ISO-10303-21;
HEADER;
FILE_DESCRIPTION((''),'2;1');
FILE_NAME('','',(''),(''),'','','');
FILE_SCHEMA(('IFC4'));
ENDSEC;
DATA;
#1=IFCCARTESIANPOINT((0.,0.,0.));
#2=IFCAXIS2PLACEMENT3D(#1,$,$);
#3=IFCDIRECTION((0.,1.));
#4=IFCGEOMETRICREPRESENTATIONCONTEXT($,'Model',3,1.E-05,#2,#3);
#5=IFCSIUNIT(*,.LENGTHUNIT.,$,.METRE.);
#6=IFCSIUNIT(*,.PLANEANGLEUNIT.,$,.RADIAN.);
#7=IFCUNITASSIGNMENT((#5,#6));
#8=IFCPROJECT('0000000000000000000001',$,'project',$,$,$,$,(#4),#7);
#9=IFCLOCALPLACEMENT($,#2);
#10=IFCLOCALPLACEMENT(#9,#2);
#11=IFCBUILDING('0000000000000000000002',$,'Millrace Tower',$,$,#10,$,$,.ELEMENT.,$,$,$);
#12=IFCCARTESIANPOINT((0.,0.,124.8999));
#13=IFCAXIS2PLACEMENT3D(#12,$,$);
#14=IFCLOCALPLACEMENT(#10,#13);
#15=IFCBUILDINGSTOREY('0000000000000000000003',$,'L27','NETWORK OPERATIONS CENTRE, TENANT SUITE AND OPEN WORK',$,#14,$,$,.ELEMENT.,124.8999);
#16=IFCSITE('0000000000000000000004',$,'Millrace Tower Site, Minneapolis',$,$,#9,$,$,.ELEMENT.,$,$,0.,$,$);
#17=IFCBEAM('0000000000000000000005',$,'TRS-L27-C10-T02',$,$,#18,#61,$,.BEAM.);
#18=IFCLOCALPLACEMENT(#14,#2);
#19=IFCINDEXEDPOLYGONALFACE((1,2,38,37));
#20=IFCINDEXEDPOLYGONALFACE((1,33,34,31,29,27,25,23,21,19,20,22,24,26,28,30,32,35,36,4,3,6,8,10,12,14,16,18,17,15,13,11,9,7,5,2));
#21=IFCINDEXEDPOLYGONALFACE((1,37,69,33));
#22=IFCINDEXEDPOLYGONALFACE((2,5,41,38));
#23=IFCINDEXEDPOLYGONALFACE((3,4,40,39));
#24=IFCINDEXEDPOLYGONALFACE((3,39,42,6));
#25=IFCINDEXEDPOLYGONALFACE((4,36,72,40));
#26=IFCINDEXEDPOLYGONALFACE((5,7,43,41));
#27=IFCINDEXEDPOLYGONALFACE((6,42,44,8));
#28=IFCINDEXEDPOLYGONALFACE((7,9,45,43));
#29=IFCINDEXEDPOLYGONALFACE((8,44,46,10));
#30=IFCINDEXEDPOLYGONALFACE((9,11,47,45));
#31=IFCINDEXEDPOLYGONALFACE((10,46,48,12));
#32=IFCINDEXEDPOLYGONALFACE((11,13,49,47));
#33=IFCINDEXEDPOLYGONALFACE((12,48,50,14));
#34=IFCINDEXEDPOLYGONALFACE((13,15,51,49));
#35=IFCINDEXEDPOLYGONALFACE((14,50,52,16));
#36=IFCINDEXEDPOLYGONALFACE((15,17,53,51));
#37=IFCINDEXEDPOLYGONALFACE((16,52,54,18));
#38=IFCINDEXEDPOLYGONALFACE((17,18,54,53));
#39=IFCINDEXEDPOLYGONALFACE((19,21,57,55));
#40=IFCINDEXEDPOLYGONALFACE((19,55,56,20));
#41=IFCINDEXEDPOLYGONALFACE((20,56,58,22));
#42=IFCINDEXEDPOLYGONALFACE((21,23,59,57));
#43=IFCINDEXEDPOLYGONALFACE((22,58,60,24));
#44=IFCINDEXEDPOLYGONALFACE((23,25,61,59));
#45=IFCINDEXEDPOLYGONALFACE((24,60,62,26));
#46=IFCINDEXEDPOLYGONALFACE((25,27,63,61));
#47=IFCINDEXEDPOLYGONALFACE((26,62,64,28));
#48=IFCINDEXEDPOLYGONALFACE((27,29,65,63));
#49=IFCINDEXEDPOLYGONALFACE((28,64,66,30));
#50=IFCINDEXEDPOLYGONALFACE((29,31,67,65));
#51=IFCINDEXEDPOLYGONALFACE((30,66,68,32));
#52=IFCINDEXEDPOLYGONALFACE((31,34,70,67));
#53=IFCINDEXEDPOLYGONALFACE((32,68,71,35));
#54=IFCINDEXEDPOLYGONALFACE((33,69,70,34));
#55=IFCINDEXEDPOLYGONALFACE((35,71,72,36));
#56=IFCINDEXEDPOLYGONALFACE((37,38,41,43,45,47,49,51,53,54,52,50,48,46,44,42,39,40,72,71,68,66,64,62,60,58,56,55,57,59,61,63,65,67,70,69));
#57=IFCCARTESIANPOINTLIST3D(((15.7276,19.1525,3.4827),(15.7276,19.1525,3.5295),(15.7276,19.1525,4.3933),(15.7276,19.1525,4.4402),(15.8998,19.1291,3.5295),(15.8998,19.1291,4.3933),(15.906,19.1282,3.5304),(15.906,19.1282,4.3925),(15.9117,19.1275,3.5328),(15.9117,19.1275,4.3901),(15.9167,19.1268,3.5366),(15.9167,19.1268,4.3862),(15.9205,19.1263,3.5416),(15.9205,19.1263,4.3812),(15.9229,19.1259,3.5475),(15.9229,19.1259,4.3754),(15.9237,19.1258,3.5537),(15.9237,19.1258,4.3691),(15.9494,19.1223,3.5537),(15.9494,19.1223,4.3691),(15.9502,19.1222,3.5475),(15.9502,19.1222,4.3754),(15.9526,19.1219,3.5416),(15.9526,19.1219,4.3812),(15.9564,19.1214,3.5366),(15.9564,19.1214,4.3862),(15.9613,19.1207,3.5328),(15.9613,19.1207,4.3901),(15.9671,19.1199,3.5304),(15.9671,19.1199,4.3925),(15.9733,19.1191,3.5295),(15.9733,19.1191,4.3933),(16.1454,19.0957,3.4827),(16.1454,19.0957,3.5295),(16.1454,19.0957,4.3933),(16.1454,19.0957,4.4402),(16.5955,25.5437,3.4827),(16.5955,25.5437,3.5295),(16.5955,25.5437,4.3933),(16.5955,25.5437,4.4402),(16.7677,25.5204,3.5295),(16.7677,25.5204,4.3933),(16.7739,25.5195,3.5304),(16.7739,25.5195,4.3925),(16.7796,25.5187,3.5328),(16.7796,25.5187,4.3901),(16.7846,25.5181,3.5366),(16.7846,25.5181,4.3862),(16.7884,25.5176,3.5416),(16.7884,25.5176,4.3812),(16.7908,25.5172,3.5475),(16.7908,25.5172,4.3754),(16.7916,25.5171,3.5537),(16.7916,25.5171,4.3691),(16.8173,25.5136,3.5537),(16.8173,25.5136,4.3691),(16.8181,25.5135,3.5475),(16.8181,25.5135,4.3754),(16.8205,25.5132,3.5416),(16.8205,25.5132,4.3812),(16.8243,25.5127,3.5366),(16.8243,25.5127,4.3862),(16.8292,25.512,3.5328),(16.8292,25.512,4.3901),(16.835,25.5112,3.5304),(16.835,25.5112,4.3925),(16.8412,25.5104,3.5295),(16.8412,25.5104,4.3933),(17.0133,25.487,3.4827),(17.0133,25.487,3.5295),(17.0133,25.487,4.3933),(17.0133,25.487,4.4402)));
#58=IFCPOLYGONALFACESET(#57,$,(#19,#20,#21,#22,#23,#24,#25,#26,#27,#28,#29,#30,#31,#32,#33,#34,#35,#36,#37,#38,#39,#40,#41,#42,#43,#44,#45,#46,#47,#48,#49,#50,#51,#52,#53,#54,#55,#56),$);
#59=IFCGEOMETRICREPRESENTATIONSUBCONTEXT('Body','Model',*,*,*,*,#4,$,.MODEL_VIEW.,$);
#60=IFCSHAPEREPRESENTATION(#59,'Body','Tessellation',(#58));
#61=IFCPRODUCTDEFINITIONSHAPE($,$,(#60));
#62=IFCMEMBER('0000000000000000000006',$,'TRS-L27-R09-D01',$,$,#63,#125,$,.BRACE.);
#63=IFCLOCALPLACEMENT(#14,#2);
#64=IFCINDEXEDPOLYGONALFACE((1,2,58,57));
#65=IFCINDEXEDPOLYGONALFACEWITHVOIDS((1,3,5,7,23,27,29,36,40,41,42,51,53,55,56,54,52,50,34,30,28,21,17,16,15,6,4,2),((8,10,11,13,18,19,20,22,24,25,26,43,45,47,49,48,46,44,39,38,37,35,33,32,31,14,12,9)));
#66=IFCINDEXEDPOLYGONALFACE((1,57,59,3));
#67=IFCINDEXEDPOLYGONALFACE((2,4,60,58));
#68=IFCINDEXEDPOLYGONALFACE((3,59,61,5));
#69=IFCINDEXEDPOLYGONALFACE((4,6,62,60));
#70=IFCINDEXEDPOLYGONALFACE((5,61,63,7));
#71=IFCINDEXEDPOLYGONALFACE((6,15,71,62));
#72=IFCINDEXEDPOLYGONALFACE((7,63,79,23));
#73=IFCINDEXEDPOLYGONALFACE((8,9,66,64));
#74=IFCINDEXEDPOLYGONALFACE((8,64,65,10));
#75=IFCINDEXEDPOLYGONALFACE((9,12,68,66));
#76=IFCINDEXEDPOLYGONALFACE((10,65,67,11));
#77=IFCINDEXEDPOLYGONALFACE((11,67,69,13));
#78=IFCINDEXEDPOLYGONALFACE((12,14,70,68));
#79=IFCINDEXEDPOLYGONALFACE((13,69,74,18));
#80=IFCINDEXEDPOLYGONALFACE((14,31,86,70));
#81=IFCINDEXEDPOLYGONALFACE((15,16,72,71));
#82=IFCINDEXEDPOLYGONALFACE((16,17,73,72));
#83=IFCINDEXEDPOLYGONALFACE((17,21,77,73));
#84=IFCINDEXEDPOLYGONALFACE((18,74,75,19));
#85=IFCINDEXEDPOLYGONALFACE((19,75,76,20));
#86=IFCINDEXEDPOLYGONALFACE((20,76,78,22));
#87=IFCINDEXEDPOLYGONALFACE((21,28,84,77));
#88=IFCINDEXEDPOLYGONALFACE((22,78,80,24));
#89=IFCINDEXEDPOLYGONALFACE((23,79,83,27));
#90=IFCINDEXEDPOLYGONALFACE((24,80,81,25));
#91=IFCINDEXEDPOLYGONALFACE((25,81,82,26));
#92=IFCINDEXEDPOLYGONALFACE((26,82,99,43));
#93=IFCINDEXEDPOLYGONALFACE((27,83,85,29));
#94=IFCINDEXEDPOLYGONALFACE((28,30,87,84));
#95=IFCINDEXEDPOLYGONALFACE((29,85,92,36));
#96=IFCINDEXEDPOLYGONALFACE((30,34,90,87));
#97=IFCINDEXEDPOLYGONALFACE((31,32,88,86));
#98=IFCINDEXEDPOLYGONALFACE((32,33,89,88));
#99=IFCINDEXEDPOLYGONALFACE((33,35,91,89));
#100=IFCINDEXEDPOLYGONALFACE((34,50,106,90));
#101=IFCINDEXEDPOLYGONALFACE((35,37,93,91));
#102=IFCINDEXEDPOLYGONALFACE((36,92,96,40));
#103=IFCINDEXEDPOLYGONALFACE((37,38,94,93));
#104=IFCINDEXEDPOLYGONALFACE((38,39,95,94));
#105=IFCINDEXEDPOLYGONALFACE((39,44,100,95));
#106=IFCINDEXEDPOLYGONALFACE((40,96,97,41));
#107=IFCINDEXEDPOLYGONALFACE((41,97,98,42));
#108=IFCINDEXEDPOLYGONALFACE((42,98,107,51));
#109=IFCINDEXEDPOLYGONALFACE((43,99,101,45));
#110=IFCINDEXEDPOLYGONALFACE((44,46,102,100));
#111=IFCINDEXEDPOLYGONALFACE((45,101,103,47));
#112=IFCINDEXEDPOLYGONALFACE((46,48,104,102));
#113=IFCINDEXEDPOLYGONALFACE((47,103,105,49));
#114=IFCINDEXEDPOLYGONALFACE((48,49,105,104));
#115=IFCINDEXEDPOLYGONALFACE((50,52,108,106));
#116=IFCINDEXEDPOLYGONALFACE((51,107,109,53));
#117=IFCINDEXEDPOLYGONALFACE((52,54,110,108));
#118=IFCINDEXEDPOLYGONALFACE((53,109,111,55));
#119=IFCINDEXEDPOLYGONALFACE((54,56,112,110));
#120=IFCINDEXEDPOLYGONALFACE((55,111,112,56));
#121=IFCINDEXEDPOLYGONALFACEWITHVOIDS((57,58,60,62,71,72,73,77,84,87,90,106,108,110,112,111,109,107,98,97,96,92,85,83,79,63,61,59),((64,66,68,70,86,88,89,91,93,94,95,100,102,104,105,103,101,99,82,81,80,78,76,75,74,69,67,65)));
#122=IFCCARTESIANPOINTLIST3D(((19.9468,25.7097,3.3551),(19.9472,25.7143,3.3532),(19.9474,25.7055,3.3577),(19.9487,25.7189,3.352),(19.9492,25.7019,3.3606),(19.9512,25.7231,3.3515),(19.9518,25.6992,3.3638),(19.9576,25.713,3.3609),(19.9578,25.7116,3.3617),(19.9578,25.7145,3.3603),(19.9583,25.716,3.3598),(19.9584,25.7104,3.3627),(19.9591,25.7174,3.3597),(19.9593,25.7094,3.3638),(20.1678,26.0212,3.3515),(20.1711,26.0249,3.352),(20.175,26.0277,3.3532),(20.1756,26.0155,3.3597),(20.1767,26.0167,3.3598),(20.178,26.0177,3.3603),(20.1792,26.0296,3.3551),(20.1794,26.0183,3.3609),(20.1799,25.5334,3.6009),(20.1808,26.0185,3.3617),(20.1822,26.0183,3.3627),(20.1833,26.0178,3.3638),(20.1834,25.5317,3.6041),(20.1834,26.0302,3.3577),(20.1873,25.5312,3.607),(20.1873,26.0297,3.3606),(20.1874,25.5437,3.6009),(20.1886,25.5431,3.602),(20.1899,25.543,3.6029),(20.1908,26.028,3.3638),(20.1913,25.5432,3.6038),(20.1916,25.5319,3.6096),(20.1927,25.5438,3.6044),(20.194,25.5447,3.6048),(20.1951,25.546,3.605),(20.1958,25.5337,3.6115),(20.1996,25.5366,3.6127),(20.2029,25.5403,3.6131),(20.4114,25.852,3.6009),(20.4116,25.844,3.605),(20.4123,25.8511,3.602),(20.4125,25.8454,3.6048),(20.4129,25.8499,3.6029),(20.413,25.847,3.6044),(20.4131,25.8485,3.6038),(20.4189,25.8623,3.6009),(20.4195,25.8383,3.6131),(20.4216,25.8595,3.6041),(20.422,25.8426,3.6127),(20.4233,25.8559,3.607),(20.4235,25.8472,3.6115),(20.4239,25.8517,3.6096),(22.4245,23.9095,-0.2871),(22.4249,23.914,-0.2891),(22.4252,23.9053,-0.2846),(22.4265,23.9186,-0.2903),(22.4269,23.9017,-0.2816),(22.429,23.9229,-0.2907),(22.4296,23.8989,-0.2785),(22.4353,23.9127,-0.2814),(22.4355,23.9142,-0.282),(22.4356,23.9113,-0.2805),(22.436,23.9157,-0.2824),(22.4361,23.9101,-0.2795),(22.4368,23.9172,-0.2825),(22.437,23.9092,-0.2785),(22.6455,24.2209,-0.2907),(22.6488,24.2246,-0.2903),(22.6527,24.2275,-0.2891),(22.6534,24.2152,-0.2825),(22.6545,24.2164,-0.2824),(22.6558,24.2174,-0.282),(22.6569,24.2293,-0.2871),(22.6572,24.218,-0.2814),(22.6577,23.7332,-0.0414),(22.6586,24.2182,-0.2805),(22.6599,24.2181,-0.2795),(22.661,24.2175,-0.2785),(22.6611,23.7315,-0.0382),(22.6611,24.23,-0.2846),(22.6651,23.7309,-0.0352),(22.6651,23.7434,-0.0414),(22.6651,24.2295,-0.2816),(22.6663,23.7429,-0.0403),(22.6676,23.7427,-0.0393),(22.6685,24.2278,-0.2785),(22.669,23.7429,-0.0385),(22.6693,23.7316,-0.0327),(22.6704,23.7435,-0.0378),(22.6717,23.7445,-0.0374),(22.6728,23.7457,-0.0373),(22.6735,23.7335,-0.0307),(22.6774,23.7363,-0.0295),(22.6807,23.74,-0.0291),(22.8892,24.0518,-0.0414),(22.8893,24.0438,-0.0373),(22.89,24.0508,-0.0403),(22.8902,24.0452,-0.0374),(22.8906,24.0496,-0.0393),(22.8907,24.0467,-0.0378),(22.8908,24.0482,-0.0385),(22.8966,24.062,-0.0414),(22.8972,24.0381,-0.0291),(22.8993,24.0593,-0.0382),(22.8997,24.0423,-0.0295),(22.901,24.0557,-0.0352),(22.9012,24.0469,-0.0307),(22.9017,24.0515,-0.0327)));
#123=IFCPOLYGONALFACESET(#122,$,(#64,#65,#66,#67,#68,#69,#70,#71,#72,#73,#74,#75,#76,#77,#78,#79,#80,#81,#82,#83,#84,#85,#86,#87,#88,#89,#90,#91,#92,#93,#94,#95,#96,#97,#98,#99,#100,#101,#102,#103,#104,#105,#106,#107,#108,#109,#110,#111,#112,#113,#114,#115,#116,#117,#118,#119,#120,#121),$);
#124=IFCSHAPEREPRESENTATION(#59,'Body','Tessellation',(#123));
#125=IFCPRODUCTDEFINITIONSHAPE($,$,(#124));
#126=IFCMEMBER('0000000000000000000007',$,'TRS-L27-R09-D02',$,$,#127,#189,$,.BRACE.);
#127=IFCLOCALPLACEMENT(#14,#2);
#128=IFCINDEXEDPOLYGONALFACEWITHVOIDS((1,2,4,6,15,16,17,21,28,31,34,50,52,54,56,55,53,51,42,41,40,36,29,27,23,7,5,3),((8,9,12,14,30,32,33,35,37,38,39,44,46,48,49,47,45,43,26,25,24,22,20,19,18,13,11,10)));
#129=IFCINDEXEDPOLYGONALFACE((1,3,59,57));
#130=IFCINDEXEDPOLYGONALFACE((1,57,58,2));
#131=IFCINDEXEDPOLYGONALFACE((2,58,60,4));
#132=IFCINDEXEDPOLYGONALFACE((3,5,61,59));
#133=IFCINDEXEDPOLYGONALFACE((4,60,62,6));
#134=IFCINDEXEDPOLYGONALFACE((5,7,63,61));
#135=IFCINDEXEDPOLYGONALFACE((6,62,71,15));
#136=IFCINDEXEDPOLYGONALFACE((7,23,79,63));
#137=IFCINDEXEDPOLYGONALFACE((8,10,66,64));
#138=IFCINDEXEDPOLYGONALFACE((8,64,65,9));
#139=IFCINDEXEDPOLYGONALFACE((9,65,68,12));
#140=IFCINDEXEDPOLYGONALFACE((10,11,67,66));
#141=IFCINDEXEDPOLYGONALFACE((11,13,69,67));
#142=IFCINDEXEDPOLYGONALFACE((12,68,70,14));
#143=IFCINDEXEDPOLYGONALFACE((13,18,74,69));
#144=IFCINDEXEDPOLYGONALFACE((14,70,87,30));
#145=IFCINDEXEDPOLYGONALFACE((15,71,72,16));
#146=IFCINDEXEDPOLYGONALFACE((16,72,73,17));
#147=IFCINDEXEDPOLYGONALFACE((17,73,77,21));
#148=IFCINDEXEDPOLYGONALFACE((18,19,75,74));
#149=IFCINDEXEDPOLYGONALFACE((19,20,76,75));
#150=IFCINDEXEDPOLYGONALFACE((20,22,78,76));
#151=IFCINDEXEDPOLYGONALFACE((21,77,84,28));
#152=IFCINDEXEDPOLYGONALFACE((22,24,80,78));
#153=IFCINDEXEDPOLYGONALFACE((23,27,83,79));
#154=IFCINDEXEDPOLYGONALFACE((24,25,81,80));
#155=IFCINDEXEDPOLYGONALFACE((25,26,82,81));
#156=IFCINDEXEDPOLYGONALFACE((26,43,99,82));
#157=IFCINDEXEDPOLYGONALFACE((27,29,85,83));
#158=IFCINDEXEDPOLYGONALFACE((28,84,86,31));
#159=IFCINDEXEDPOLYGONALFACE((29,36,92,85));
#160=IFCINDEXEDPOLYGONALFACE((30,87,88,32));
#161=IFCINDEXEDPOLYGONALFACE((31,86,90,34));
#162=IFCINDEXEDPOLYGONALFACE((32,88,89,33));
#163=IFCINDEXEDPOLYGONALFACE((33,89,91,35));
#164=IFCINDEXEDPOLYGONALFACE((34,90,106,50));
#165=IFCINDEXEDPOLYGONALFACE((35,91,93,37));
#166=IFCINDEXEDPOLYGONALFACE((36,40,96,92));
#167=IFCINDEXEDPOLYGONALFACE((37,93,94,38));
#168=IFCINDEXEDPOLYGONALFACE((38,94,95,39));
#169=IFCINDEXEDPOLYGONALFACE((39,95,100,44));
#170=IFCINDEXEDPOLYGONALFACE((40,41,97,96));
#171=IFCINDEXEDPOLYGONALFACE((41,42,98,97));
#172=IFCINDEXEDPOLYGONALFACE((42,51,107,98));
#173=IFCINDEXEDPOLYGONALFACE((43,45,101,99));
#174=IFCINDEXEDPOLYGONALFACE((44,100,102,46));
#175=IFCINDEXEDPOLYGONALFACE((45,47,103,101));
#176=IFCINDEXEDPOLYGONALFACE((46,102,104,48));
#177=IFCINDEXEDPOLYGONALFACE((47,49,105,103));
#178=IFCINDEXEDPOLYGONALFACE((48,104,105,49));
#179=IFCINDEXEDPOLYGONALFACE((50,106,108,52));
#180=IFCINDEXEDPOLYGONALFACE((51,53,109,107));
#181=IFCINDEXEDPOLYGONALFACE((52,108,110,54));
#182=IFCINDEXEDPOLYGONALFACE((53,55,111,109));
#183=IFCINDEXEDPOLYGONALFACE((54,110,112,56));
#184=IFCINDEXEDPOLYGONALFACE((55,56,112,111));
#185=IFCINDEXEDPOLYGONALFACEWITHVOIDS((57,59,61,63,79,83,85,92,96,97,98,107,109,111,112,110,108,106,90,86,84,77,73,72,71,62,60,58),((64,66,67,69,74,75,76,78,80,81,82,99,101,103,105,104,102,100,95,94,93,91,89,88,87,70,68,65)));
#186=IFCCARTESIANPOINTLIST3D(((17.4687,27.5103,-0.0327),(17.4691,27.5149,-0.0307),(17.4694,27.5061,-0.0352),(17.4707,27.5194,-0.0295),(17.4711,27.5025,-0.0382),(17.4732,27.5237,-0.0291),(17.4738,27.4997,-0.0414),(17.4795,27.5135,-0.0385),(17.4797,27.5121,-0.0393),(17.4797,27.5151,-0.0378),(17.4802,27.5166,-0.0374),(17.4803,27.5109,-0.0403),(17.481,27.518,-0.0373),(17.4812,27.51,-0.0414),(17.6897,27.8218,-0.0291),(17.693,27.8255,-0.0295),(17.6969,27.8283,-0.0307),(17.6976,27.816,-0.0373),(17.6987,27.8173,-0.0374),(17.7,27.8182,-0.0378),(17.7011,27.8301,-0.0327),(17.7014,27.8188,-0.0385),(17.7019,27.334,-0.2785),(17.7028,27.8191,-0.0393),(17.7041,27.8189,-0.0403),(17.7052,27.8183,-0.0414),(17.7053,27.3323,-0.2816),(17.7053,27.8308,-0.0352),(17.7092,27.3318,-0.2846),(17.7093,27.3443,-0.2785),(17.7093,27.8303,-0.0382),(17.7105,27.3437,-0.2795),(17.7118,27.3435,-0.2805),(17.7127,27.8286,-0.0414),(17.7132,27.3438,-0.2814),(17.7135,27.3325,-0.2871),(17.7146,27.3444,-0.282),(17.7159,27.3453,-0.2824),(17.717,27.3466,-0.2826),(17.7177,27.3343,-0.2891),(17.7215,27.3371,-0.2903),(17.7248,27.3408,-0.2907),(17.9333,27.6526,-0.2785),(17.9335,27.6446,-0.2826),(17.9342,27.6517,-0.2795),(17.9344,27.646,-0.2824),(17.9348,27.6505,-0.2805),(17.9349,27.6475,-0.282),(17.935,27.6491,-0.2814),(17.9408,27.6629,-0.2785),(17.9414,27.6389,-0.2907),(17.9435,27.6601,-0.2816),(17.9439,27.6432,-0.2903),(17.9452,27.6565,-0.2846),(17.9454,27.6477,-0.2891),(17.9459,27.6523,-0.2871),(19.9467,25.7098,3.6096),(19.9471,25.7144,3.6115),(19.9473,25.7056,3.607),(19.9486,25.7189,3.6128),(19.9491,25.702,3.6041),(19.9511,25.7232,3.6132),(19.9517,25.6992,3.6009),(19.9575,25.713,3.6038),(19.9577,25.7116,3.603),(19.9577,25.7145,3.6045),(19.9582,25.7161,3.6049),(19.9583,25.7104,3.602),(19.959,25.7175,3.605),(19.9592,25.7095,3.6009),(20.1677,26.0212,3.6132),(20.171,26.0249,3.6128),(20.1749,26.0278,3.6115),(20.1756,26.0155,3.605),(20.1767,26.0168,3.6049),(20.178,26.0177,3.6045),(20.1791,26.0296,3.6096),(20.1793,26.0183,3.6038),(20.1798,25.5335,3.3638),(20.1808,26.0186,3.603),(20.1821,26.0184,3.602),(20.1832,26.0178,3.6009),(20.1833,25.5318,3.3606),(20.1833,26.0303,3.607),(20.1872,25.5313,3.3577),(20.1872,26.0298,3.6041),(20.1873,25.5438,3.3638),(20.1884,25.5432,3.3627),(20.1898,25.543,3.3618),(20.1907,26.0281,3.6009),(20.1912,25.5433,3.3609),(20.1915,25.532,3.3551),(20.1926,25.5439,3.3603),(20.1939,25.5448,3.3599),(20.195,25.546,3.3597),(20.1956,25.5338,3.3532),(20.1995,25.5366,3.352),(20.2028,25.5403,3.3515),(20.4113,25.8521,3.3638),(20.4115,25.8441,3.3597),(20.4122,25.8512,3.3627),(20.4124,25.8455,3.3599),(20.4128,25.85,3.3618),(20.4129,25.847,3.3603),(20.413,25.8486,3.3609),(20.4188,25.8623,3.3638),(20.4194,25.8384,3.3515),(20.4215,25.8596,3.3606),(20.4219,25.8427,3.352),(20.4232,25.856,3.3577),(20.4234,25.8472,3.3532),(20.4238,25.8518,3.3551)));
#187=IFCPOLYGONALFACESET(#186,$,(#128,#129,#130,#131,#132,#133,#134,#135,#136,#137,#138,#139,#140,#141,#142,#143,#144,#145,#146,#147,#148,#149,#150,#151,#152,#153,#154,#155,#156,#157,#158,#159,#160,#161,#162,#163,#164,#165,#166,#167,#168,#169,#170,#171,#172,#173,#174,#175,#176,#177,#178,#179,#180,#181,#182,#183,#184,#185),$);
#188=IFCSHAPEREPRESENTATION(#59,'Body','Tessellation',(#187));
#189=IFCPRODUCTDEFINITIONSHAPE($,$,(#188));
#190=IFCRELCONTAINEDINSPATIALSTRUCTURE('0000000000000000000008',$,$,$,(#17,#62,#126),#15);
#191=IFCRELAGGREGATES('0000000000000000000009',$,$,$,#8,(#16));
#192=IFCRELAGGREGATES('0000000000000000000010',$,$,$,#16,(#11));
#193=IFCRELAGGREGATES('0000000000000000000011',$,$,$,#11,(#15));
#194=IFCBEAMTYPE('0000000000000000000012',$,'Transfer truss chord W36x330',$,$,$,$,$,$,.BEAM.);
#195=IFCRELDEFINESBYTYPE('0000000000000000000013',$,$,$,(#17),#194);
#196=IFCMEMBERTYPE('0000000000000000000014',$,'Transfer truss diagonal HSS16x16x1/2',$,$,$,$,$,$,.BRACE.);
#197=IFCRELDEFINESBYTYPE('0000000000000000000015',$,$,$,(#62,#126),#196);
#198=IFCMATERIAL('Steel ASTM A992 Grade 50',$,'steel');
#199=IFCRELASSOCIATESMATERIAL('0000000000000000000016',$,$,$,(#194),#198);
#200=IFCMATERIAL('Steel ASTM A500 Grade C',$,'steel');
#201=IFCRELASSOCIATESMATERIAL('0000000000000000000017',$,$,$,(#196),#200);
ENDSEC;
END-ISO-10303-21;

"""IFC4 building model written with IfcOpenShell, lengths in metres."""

from ifc_helpers import new_model, si_unit, direction, frame, origin, origin_2d, place, context, subcontext, project, spatial, hollow_rectangle, i_section, extrude, material, material_profile, profile_set, type_object, element, save


model = new_model("IFC4")

# Units and contexts
model_context = context("Model", 3, precision=1e-05, world=origin(), true_north=direction((0.0, 1.0)))
body_context = subcontext(model_context, "Body", "Model", "MODEL_VIEW")
ifc_project = project(units=[si_unit("LENGTHUNIT", "METRE"), si_unit("PLANEANGLEUNIT", "RADIAN")], contexts=[model_context])

# Site, building, storey
site_placement = place(None, origin())
site = spatial("IfcSite", under=ifc_project, at=site_placement, Name="Millrace Tower Site, Minneapolis", CompositionType="ELEMENT", RefElevation=0.0)
building_placement = place(site_placement, origin())
building = spatial("IfcBuilding", under=site, at=building_placement, Name="Millrace Tower", CompositionType="ELEMENT")
storey_placement = place(building_placement, frame((0.0, 0.0, 124.8999)))
storey = spatial("IfcBuildingStorey", under=building, at=storey_placement, Name="L27", Description="NETWORK OPERATIONS CENTRE, TENANT SUITE AND OPEN WORK", CompositionType="ELEMENT", Elevation=124.8999)

# Beam
ifc_material_1 = material(Name="Steel ASTM A992 Grade 50", Category="steel")
ifc_material_profile_1 = material_profile(ifc_material_1, i_section(OverallWidth=0.4216, OverallDepth=0.9575, WebThickness=0.0259, FlangeThickness=0.0469, FilletRadius=0.0242, at=origin_2d()))
ifc_profile_set_1 = profile_set([ifc_material_profile_1], Name="Steel ASTM A992 Grade 50")
beam_type_1 = type_object("IfcBeamType", Name="Transfer truss chord W36x330", PredefinedType="BEAM", material=ifc_profile_set_1)
beam_1_placement = place(storey_placement, frame((16.8044, 25.5154, 3.9614), z_axis=(-0.134561, -0.990905, 0.0), x_axis=(0.990905, -0.134561, 0.0)))
element("IfcBeam", 1, at=beam_1_placement, inside=storey, type_object=beam_type_1, Name="TRS-L27-C10-T02", PredefinedType="BEAM", context=body_context, shape_type="SweptSolid", body=[
    extrude(i_section(OverallWidth=0.4216, OverallDepth=0.9575, WebThickness=0.0259, FlangeThickness=0.0469, FilletRadius=0.0242, at=origin_2d()), origin(), (0.0, 0.0, 1.0), 6.45),
])

# Members
ifc_material_2 = material(Name="Steel ASTM A500 Grade C", Category="steel")
ifc_material_profile_2 = material_profile(ifc_material_2, hollow_rectangle(XDim=0.4065, YDim=0.4065, WallThickness=0.0127, InnerFilletRadius=0.0063, OuterFilletRadius=0.019, at=origin_2d()))
ifc_profile_set_2 = profile_set([ifc_material_profile_2], Name="Steel ASTM A500 Grade C")
member_type_1 = type_object("IfcMemberType", Name="Transfer truss diagonal HSS16x16x1/2", PredefinedType="BRACE", material=ifc_profile_set_2)
member_1_placement = place(storey_placement, frame((22.6631, 23.9805, -0.1599), z_axis=(-0.520664, 0.378301, 0.765374), x_axis=(-0.587802, -0.809005, 0.0)))
element("IfcMember", 2, at=member_1_placement, inside=storey, type_object=member_type_1, Name="TRS-L27-R09-D01", PredefinedType="BRACE", context=body_context, shape_type="SweptSolid", body=[
    extrude(hollow_rectangle(XDim=0.4065, YDim=0.4065, WallThickness=0.0127, InnerFilletRadius=0.0063, OuterFilletRadius=0.019, at=origin_2d()), origin(), (0.0, 0.0, 1.0), 4.7588),
])
member_2_placement = place(storey_placement, frame((17.7073, 27.5813, -0.1599), z_axis=(0.520691, -0.378335, 0.765339), x_axis=(0.587816, 0.808995, 0.0)))
element("IfcMember", 3, at=member_2_placement, inside=storey, type_object=member_type_1, Name="TRS-L27-R09-D02", PredefinedType="BRACE", context=body_context, shape_type="SweptSolid", body=[
    extrude(hollow_rectangle(XDim=0.4065, YDim=0.4065, WallThickness=0.0127, InnerFilletRadius=0.0063, OuterFilletRadius=0.019, at=origin_2d()), origin(), (0.0, 0.0, 1.0), 4.759),
])

save(model, "model.ifc")
